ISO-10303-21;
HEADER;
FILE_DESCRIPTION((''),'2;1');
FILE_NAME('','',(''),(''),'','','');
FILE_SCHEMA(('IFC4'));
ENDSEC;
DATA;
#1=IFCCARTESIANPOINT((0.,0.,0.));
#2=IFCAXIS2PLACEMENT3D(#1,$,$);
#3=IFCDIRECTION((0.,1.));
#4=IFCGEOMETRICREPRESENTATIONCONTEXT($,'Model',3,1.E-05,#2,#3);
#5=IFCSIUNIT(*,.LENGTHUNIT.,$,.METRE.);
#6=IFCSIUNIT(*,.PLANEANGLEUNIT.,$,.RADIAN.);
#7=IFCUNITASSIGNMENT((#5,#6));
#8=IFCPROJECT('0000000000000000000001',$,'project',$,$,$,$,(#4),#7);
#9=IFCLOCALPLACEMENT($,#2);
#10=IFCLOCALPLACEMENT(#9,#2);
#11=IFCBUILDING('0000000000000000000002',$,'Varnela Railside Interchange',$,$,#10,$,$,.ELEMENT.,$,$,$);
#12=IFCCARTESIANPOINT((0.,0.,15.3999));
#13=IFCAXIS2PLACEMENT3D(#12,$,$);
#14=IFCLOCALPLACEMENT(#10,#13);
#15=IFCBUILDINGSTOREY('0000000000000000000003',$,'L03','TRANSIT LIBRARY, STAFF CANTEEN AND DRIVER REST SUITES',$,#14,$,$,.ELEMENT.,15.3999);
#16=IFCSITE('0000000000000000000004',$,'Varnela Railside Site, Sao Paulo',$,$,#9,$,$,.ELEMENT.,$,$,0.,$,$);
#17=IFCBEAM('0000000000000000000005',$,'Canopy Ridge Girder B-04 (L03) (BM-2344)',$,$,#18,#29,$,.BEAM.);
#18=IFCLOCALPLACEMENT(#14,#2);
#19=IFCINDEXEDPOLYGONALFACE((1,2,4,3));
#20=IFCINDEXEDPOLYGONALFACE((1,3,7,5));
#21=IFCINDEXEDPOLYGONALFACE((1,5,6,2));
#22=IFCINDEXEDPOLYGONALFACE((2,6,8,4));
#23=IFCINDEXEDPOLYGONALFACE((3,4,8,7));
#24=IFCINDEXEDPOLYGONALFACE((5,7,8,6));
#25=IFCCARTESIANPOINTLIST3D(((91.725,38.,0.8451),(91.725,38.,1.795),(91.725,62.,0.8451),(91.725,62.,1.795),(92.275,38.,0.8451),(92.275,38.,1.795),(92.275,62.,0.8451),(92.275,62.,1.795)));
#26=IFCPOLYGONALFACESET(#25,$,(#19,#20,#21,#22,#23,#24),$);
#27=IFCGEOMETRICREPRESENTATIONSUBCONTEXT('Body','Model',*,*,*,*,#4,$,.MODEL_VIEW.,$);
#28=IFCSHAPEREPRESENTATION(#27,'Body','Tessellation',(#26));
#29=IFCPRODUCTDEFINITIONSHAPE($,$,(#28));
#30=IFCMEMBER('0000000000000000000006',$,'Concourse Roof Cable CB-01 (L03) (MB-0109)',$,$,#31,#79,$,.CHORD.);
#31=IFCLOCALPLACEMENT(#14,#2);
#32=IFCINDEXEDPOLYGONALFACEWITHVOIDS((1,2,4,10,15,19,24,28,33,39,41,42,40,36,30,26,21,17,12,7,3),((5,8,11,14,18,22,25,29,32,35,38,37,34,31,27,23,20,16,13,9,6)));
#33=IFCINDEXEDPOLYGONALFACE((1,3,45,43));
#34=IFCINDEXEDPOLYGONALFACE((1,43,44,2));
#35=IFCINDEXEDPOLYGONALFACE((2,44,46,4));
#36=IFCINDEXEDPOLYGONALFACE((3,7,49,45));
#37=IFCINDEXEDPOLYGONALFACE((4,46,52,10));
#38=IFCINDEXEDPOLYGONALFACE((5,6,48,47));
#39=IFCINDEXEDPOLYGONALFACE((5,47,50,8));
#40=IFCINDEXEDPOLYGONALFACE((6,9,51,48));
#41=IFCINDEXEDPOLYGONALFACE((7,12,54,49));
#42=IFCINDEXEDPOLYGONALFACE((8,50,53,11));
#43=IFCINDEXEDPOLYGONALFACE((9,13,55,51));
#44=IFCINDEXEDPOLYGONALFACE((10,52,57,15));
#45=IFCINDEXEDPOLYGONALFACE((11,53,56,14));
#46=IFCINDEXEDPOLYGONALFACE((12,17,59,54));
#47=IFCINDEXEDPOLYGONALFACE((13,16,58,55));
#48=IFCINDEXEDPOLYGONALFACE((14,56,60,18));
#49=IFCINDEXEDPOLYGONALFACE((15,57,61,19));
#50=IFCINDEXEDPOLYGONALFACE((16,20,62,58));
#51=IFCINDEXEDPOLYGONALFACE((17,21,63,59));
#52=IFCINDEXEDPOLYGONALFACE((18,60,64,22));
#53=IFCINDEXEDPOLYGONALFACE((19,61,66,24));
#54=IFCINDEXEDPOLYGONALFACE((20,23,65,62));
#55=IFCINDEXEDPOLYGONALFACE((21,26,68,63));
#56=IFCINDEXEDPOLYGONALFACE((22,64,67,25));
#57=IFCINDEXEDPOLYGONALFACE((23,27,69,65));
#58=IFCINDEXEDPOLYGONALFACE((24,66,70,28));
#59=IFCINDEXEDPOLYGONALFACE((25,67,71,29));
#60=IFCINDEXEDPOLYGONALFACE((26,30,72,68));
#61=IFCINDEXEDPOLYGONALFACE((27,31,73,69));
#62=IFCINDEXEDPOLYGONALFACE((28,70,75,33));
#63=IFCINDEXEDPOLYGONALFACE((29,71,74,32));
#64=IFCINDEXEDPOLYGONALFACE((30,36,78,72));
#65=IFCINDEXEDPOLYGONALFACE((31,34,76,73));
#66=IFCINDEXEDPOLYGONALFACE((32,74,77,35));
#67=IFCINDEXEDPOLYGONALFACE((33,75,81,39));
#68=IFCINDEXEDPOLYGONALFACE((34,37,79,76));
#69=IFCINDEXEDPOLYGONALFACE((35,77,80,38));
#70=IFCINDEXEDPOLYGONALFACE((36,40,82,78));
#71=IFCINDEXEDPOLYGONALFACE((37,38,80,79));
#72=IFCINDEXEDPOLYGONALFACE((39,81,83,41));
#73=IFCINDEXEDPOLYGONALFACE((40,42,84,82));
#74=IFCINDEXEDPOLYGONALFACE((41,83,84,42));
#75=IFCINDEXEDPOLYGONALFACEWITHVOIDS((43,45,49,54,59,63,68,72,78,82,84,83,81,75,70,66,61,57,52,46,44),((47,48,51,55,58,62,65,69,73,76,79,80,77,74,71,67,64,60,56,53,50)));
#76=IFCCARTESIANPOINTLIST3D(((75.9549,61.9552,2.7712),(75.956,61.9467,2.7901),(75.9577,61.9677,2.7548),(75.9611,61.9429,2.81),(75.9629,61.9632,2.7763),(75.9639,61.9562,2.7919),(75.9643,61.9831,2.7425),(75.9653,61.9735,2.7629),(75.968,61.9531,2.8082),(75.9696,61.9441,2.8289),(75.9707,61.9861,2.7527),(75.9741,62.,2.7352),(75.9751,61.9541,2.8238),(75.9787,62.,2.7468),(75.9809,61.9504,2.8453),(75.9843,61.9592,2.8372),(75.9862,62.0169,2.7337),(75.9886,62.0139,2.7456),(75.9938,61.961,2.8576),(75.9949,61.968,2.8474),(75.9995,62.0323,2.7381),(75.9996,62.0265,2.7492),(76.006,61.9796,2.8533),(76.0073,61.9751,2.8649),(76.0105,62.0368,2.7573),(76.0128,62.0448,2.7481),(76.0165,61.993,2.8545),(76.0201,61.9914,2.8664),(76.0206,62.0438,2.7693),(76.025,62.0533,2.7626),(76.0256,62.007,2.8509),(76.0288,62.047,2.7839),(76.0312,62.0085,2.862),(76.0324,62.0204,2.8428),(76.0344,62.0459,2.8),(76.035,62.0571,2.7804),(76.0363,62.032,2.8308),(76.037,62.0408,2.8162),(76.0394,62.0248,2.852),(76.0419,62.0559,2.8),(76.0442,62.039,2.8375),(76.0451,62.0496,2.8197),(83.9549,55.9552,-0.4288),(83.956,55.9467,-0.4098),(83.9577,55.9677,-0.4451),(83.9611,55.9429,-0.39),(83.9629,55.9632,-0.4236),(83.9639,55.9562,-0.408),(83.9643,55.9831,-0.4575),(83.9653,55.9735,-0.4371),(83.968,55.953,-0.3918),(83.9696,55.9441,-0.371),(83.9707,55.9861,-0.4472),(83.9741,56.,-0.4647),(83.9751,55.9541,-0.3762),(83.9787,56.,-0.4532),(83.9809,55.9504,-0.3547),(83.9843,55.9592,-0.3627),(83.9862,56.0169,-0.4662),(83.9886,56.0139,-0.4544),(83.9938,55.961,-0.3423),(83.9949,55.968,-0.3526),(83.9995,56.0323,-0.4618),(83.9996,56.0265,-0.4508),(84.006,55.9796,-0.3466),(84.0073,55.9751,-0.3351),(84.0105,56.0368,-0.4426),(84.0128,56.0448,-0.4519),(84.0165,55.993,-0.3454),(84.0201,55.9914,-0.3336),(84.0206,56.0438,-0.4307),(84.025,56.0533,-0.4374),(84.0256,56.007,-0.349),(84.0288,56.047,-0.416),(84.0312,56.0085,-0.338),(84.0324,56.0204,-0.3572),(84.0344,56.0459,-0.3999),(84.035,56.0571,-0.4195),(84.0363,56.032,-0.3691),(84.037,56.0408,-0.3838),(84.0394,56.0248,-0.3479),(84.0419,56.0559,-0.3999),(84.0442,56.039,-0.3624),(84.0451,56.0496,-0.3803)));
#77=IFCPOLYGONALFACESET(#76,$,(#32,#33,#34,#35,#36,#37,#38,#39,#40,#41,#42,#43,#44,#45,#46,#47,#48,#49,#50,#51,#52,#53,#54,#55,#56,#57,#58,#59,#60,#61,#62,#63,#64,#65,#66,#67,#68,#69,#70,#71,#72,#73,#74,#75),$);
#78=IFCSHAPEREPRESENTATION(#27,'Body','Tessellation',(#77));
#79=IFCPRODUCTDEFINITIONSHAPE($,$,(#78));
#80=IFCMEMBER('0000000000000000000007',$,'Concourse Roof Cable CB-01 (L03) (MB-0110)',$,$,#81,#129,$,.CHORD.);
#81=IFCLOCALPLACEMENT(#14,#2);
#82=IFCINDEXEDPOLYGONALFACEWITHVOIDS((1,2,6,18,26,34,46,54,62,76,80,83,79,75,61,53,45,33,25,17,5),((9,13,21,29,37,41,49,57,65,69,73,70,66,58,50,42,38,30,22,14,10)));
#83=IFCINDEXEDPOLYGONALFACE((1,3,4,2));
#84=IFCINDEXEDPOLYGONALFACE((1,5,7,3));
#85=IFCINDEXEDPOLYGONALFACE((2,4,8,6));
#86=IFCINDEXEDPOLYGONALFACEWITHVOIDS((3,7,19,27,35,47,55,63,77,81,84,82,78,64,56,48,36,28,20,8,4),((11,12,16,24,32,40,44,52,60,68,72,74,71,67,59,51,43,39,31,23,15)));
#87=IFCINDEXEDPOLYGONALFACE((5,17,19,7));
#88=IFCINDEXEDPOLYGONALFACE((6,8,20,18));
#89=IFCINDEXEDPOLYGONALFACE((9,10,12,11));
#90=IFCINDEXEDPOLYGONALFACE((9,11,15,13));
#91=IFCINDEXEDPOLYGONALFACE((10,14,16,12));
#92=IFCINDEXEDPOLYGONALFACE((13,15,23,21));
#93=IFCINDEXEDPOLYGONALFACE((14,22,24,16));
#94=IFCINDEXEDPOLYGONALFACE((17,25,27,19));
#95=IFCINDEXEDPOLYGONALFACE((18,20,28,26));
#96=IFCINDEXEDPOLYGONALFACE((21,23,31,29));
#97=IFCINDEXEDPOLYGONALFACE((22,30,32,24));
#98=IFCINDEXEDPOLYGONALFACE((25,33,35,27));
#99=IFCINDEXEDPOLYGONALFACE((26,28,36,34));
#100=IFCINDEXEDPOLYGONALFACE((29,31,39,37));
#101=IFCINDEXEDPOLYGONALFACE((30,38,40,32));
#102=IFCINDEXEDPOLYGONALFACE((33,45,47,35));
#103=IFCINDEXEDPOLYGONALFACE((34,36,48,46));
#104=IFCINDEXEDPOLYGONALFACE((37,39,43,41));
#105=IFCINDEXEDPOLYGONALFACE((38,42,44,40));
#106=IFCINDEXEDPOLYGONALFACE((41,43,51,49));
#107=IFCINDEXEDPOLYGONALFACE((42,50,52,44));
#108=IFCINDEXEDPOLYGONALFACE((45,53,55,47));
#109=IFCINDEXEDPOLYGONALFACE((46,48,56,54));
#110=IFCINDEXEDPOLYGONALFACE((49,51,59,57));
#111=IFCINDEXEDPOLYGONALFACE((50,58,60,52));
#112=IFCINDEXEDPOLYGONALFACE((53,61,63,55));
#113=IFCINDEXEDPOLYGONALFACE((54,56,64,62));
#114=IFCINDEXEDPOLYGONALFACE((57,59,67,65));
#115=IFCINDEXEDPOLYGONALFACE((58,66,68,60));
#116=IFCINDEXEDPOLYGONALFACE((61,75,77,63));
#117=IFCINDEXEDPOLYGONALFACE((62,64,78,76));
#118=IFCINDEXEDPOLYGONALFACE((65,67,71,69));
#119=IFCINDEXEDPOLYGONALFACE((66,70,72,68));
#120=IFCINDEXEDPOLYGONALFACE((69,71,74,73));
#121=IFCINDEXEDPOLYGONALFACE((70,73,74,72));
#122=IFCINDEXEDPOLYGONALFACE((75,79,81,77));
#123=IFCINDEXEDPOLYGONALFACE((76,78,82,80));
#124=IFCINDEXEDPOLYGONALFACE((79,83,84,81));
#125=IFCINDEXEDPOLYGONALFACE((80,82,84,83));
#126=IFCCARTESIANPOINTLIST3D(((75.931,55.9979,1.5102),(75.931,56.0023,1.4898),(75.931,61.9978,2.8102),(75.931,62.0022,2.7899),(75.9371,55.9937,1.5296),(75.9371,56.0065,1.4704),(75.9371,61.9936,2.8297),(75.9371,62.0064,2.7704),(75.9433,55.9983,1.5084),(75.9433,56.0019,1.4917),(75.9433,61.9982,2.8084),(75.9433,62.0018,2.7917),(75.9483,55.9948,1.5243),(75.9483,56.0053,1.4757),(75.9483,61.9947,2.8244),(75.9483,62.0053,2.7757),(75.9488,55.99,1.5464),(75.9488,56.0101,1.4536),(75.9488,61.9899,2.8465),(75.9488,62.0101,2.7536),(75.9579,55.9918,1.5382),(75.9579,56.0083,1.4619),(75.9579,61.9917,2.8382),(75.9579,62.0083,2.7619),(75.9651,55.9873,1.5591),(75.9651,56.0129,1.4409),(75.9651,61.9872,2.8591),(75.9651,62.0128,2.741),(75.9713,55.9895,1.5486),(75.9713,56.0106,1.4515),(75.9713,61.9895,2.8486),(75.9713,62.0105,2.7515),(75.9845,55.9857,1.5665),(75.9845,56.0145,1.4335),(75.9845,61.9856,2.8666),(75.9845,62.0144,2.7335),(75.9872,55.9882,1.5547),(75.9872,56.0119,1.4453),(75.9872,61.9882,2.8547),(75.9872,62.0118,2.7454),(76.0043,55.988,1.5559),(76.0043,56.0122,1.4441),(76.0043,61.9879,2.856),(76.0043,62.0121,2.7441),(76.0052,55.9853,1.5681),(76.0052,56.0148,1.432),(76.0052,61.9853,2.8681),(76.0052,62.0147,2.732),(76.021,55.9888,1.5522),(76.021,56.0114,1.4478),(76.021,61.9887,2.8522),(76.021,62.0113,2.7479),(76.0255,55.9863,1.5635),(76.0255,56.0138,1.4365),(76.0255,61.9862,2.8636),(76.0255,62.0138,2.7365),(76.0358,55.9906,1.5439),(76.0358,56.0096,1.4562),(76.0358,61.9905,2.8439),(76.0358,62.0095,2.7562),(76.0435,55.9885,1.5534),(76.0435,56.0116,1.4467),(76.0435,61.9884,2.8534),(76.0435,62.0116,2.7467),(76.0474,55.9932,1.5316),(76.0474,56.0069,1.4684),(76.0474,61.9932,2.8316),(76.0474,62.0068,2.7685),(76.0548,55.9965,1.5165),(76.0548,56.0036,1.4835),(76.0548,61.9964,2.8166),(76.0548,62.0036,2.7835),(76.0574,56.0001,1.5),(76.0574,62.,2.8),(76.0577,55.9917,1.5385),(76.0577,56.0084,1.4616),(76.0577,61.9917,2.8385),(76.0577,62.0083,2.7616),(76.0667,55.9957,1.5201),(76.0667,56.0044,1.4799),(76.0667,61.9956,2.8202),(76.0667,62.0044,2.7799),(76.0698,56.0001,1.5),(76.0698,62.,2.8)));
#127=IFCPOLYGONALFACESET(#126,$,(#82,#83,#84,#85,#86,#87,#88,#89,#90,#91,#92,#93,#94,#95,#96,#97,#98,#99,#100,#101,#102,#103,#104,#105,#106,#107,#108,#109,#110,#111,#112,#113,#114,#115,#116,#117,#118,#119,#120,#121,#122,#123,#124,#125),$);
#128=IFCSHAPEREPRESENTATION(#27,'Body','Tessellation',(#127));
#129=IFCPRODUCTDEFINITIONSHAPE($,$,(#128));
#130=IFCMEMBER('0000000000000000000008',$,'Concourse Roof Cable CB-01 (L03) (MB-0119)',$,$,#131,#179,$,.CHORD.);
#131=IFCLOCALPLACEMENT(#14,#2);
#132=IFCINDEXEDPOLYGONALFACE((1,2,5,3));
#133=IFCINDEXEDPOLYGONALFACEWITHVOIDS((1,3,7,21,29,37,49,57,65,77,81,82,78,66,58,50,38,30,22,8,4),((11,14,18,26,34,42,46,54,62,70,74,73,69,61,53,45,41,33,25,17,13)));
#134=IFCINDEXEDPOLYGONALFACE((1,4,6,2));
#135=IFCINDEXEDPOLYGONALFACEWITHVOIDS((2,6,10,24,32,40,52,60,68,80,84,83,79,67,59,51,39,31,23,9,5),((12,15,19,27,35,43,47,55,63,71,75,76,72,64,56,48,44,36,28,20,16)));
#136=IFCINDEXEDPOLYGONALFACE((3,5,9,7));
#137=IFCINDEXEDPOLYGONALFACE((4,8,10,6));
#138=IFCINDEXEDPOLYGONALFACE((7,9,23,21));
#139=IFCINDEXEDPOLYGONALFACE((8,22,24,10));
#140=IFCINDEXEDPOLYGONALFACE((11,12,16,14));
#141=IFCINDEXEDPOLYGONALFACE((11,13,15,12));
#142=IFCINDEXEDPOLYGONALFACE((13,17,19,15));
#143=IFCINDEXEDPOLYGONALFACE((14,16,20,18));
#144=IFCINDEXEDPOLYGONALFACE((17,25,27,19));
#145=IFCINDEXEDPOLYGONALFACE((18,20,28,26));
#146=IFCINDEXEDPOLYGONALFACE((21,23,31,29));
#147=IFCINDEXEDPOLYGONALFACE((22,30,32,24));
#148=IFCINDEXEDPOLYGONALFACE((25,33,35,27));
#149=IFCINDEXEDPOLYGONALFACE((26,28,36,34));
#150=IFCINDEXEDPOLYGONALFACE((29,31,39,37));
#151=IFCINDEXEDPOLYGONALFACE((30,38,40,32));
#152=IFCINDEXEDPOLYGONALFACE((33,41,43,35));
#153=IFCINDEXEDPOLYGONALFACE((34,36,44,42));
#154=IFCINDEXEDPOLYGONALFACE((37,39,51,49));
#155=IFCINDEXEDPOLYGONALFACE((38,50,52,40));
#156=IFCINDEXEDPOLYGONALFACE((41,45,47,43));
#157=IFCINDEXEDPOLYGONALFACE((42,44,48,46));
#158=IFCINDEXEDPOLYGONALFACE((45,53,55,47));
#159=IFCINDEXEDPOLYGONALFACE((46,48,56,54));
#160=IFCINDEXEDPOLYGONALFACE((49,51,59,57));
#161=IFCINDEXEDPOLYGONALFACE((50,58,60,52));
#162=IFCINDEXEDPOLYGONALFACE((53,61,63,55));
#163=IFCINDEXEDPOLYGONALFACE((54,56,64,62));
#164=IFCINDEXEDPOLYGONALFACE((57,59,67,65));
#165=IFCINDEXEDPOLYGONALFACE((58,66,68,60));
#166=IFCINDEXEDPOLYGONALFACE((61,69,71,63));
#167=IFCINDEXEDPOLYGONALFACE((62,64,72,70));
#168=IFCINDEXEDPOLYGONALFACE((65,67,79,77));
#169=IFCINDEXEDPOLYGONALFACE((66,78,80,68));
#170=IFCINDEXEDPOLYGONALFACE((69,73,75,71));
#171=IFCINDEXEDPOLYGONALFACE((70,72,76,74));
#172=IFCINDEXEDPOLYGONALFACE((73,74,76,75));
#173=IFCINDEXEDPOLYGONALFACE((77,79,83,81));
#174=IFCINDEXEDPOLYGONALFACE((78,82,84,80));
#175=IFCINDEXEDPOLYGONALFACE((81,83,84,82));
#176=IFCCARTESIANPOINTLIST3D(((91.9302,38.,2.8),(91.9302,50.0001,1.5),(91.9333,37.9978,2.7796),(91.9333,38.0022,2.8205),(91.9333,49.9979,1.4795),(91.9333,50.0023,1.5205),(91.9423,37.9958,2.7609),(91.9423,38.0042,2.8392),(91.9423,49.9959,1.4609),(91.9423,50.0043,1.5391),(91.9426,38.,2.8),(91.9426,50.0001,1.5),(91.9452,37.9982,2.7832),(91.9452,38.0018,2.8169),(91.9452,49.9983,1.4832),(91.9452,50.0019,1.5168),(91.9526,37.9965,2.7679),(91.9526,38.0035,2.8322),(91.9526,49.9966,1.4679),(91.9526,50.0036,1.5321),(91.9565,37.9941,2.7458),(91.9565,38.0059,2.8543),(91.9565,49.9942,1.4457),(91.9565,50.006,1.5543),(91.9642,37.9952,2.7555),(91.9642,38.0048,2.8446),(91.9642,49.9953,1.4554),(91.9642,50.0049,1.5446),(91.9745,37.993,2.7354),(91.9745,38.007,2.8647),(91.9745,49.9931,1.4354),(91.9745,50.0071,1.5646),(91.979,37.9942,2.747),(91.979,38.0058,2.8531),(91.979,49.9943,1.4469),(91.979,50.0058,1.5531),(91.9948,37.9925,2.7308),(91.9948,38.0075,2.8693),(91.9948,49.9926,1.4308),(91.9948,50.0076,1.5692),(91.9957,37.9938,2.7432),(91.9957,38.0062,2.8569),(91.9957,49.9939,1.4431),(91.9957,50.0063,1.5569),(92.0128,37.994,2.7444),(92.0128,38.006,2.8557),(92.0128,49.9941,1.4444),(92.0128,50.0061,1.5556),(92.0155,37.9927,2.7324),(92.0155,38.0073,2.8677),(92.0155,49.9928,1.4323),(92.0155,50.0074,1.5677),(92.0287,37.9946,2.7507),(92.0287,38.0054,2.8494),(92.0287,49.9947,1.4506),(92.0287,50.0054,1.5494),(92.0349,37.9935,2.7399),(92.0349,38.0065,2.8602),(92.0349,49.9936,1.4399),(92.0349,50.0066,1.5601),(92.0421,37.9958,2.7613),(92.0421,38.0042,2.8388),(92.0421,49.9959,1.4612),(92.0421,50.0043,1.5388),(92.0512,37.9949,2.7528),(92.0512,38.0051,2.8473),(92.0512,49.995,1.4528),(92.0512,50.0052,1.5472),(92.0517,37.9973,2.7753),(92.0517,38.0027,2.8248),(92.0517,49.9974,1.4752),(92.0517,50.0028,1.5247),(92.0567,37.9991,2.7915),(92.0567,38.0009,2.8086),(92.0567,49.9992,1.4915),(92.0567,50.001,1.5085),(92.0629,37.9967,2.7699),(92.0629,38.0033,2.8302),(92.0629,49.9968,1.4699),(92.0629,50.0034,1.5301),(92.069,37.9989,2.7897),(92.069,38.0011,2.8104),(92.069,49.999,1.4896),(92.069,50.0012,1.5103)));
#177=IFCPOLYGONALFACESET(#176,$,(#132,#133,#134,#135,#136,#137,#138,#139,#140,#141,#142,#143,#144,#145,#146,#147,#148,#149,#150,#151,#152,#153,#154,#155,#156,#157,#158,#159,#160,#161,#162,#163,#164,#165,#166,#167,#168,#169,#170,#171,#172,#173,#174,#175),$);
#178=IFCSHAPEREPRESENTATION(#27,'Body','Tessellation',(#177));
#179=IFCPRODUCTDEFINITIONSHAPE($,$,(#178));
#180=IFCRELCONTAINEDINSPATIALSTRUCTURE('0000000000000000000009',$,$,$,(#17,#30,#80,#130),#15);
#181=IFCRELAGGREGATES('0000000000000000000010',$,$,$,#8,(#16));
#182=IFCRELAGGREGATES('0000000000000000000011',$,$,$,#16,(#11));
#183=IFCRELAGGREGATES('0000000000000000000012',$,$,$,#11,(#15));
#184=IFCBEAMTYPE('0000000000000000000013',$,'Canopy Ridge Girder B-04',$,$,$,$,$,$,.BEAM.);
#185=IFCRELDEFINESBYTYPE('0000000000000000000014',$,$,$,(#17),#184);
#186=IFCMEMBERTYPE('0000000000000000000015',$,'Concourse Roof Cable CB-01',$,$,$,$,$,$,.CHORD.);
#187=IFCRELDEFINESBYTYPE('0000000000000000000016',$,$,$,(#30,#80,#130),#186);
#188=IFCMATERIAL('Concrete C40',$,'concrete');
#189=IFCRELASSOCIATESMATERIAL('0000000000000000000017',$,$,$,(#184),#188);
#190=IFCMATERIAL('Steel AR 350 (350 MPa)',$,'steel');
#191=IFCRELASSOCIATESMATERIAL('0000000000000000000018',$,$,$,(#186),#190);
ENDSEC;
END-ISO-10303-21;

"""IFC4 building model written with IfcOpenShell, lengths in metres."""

from ifc_helpers import new_model, si_unit, direction, frame, origin, origin_2d, place, context, subcontext, project, spatial, rectangle, hollow_circle, extrude, material, material_profile, profile_set, type_object, element, save


model = new_model("IFC4")

# Units and contexts
model_context = context("Model", 3, precision=1e-05, world=origin(), true_north=direction((0.0, 1.0)))
body_context = subcontext(model_context, "Body", "Model", "MODEL_VIEW")
ifc_project = project(units=[si_unit("LENGTHUNIT", "METRE"), si_unit("PLANEANGLEUNIT", "RADIAN")], contexts=[model_context])

# Site, building, storey
site_placement = place(None, origin())
site = spatial("IfcSite", under=ifc_project, at=site_placement, Name="Varnela Railside Site, Sao Paulo", CompositionType="ELEMENT", RefElevation=0.0)
building_placement = place(site_placement, origin())
building = spatial("IfcBuilding", under=site, at=building_placement, Name="Varnela Railside Interchange", CompositionType="ELEMENT")
storey_placement = place(building_placement, frame((0.0, 0.0, 15.3999)))
storey = spatial("IfcBuildingStorey", under=building, at=storey_placement, Name="L03", Description="TRANSIT LIBRARY, STAFF CANTEEN AND DRIVER REST SUITES", CompositionType="ELEMENT", Elevation=15.3999)

# Beam
ifc_material_1 = material(Name="Concrete C40", Category="concrete")
ifc_material_profile_1 = material_profile(ifc_material_1, rectangle(XDim=0.55, YDim=0.95, at=origin_2d()), Name="RC 550x950")
ifc_profile_set_1 = profile_set([ifc_material_profile_1], Name="Concrete C40")
beam_type = type_object("IfcBeamType", Name="Canopy Ridge Girder B-04", PredefinedType="BEAM", material=ifc_profile_set_1)
beam_placement = place(storey_placement, frame((92.0, 38.0, 1.3201), z_axis=(0.0, 1.0, 0.0), x_axis=(-1.0, 0.0, 0.0)))
element("IfcBeam", 1, at=beam_placement, inside=storey, type_object=beam_type, Name="Canopy Ridge Girder B-04 (L03) (BM-2344)", PredefinedType="BEAM", context=body_context, shape_type="SweptSolid", body=[
    extrude(rectangle(XDim=0.55, YDim=0.95, at=origin_2d()), origin(), (0.0, 0.0, 1.0), 24.0),
])

# Members
ifc_material_2 = material(Name="Steel AR 350 (350 MPa)", Category="steel")
ifc_material_profile_2 = material_profile(ifc_material_2, hollow_circle(Radius=0.0698, WallThickness=0.0125, at=origin_2d()), Name="CHS 139.7x12.5")
ifc_profile_set_2 = profile_set([ifc_material_profile_2], Name="Steel AR 350 (350 MPa)")
member_type_1 = type_object("IfcMemberType", Name="Concourse Roof Cable CB-01", PredefinedType="CHORD", material=ifc_profile_set_2)
member_1_placement = place(storey_placement, frame((76.0, 62.0, 2.8), z_axis=(0.76194, -0.571455, -0.304772), x_axis=(0.6, 0.8, 0.0)))
element("IfcMember", 2, at=member_1_placement, inside=storey, type_object=member_type_1, Name="Concourse Roof Cable CB-01 (L03) (MB-0109)", PredefinedType="CHORD", context=body_context, shape_type="SweptSolid", body=[
    extrude(hollow_circle(Radius=0.0698, WallThickness=0.0125, at=origin_2d()), origin(), (0.0, 0.0, 1.0), 10.4995),
])
member_2_placement = place(storey_placement, frame((76.0, 62.0, 2.8), z_axis=(0.0, -0.977321, -0.211761), x_axis=(1.0, 0.0, 0.0)))
element("IfcMember", 3, at=member_2_placement, inside=storey, type_object=member_type_1, Name="Concourse Roof Cable CB-01 (L03) (MB-0110)", PredefinedType="CHORD", context=body_context, shape_type="SweptSolid", body=[
    extrude(hollow_circle(Radius=0.0698, WallThickness=0.0125, at=origin_2d()), origin(), (0.0, 0.0, 1.0), 6.1392),
])
member_3_placement = place(storey_placement, frame((92.0, 38.0, 2.8), z_axis=(0.0, 0.994183, -0.107707), x_axis=(-1.0, 0.0, 0.0)))
element("IfcMember", 4, at=member_3_placement, inside=storey, type_object=member_type_1, Name="Concourse Roof Cable CB-01 (L03) (MB-0119)", PredefinedType="CHORD", context=body_context, shape_type="SweptSolid", body=[
    extrude(hollow_circle(Radius=0.0698, WallThickness=0.0125, at=origin_2d()), origin(), (0.0, 0.0, 1.0), 12.0703),
])

save(model, "model.ifc")
